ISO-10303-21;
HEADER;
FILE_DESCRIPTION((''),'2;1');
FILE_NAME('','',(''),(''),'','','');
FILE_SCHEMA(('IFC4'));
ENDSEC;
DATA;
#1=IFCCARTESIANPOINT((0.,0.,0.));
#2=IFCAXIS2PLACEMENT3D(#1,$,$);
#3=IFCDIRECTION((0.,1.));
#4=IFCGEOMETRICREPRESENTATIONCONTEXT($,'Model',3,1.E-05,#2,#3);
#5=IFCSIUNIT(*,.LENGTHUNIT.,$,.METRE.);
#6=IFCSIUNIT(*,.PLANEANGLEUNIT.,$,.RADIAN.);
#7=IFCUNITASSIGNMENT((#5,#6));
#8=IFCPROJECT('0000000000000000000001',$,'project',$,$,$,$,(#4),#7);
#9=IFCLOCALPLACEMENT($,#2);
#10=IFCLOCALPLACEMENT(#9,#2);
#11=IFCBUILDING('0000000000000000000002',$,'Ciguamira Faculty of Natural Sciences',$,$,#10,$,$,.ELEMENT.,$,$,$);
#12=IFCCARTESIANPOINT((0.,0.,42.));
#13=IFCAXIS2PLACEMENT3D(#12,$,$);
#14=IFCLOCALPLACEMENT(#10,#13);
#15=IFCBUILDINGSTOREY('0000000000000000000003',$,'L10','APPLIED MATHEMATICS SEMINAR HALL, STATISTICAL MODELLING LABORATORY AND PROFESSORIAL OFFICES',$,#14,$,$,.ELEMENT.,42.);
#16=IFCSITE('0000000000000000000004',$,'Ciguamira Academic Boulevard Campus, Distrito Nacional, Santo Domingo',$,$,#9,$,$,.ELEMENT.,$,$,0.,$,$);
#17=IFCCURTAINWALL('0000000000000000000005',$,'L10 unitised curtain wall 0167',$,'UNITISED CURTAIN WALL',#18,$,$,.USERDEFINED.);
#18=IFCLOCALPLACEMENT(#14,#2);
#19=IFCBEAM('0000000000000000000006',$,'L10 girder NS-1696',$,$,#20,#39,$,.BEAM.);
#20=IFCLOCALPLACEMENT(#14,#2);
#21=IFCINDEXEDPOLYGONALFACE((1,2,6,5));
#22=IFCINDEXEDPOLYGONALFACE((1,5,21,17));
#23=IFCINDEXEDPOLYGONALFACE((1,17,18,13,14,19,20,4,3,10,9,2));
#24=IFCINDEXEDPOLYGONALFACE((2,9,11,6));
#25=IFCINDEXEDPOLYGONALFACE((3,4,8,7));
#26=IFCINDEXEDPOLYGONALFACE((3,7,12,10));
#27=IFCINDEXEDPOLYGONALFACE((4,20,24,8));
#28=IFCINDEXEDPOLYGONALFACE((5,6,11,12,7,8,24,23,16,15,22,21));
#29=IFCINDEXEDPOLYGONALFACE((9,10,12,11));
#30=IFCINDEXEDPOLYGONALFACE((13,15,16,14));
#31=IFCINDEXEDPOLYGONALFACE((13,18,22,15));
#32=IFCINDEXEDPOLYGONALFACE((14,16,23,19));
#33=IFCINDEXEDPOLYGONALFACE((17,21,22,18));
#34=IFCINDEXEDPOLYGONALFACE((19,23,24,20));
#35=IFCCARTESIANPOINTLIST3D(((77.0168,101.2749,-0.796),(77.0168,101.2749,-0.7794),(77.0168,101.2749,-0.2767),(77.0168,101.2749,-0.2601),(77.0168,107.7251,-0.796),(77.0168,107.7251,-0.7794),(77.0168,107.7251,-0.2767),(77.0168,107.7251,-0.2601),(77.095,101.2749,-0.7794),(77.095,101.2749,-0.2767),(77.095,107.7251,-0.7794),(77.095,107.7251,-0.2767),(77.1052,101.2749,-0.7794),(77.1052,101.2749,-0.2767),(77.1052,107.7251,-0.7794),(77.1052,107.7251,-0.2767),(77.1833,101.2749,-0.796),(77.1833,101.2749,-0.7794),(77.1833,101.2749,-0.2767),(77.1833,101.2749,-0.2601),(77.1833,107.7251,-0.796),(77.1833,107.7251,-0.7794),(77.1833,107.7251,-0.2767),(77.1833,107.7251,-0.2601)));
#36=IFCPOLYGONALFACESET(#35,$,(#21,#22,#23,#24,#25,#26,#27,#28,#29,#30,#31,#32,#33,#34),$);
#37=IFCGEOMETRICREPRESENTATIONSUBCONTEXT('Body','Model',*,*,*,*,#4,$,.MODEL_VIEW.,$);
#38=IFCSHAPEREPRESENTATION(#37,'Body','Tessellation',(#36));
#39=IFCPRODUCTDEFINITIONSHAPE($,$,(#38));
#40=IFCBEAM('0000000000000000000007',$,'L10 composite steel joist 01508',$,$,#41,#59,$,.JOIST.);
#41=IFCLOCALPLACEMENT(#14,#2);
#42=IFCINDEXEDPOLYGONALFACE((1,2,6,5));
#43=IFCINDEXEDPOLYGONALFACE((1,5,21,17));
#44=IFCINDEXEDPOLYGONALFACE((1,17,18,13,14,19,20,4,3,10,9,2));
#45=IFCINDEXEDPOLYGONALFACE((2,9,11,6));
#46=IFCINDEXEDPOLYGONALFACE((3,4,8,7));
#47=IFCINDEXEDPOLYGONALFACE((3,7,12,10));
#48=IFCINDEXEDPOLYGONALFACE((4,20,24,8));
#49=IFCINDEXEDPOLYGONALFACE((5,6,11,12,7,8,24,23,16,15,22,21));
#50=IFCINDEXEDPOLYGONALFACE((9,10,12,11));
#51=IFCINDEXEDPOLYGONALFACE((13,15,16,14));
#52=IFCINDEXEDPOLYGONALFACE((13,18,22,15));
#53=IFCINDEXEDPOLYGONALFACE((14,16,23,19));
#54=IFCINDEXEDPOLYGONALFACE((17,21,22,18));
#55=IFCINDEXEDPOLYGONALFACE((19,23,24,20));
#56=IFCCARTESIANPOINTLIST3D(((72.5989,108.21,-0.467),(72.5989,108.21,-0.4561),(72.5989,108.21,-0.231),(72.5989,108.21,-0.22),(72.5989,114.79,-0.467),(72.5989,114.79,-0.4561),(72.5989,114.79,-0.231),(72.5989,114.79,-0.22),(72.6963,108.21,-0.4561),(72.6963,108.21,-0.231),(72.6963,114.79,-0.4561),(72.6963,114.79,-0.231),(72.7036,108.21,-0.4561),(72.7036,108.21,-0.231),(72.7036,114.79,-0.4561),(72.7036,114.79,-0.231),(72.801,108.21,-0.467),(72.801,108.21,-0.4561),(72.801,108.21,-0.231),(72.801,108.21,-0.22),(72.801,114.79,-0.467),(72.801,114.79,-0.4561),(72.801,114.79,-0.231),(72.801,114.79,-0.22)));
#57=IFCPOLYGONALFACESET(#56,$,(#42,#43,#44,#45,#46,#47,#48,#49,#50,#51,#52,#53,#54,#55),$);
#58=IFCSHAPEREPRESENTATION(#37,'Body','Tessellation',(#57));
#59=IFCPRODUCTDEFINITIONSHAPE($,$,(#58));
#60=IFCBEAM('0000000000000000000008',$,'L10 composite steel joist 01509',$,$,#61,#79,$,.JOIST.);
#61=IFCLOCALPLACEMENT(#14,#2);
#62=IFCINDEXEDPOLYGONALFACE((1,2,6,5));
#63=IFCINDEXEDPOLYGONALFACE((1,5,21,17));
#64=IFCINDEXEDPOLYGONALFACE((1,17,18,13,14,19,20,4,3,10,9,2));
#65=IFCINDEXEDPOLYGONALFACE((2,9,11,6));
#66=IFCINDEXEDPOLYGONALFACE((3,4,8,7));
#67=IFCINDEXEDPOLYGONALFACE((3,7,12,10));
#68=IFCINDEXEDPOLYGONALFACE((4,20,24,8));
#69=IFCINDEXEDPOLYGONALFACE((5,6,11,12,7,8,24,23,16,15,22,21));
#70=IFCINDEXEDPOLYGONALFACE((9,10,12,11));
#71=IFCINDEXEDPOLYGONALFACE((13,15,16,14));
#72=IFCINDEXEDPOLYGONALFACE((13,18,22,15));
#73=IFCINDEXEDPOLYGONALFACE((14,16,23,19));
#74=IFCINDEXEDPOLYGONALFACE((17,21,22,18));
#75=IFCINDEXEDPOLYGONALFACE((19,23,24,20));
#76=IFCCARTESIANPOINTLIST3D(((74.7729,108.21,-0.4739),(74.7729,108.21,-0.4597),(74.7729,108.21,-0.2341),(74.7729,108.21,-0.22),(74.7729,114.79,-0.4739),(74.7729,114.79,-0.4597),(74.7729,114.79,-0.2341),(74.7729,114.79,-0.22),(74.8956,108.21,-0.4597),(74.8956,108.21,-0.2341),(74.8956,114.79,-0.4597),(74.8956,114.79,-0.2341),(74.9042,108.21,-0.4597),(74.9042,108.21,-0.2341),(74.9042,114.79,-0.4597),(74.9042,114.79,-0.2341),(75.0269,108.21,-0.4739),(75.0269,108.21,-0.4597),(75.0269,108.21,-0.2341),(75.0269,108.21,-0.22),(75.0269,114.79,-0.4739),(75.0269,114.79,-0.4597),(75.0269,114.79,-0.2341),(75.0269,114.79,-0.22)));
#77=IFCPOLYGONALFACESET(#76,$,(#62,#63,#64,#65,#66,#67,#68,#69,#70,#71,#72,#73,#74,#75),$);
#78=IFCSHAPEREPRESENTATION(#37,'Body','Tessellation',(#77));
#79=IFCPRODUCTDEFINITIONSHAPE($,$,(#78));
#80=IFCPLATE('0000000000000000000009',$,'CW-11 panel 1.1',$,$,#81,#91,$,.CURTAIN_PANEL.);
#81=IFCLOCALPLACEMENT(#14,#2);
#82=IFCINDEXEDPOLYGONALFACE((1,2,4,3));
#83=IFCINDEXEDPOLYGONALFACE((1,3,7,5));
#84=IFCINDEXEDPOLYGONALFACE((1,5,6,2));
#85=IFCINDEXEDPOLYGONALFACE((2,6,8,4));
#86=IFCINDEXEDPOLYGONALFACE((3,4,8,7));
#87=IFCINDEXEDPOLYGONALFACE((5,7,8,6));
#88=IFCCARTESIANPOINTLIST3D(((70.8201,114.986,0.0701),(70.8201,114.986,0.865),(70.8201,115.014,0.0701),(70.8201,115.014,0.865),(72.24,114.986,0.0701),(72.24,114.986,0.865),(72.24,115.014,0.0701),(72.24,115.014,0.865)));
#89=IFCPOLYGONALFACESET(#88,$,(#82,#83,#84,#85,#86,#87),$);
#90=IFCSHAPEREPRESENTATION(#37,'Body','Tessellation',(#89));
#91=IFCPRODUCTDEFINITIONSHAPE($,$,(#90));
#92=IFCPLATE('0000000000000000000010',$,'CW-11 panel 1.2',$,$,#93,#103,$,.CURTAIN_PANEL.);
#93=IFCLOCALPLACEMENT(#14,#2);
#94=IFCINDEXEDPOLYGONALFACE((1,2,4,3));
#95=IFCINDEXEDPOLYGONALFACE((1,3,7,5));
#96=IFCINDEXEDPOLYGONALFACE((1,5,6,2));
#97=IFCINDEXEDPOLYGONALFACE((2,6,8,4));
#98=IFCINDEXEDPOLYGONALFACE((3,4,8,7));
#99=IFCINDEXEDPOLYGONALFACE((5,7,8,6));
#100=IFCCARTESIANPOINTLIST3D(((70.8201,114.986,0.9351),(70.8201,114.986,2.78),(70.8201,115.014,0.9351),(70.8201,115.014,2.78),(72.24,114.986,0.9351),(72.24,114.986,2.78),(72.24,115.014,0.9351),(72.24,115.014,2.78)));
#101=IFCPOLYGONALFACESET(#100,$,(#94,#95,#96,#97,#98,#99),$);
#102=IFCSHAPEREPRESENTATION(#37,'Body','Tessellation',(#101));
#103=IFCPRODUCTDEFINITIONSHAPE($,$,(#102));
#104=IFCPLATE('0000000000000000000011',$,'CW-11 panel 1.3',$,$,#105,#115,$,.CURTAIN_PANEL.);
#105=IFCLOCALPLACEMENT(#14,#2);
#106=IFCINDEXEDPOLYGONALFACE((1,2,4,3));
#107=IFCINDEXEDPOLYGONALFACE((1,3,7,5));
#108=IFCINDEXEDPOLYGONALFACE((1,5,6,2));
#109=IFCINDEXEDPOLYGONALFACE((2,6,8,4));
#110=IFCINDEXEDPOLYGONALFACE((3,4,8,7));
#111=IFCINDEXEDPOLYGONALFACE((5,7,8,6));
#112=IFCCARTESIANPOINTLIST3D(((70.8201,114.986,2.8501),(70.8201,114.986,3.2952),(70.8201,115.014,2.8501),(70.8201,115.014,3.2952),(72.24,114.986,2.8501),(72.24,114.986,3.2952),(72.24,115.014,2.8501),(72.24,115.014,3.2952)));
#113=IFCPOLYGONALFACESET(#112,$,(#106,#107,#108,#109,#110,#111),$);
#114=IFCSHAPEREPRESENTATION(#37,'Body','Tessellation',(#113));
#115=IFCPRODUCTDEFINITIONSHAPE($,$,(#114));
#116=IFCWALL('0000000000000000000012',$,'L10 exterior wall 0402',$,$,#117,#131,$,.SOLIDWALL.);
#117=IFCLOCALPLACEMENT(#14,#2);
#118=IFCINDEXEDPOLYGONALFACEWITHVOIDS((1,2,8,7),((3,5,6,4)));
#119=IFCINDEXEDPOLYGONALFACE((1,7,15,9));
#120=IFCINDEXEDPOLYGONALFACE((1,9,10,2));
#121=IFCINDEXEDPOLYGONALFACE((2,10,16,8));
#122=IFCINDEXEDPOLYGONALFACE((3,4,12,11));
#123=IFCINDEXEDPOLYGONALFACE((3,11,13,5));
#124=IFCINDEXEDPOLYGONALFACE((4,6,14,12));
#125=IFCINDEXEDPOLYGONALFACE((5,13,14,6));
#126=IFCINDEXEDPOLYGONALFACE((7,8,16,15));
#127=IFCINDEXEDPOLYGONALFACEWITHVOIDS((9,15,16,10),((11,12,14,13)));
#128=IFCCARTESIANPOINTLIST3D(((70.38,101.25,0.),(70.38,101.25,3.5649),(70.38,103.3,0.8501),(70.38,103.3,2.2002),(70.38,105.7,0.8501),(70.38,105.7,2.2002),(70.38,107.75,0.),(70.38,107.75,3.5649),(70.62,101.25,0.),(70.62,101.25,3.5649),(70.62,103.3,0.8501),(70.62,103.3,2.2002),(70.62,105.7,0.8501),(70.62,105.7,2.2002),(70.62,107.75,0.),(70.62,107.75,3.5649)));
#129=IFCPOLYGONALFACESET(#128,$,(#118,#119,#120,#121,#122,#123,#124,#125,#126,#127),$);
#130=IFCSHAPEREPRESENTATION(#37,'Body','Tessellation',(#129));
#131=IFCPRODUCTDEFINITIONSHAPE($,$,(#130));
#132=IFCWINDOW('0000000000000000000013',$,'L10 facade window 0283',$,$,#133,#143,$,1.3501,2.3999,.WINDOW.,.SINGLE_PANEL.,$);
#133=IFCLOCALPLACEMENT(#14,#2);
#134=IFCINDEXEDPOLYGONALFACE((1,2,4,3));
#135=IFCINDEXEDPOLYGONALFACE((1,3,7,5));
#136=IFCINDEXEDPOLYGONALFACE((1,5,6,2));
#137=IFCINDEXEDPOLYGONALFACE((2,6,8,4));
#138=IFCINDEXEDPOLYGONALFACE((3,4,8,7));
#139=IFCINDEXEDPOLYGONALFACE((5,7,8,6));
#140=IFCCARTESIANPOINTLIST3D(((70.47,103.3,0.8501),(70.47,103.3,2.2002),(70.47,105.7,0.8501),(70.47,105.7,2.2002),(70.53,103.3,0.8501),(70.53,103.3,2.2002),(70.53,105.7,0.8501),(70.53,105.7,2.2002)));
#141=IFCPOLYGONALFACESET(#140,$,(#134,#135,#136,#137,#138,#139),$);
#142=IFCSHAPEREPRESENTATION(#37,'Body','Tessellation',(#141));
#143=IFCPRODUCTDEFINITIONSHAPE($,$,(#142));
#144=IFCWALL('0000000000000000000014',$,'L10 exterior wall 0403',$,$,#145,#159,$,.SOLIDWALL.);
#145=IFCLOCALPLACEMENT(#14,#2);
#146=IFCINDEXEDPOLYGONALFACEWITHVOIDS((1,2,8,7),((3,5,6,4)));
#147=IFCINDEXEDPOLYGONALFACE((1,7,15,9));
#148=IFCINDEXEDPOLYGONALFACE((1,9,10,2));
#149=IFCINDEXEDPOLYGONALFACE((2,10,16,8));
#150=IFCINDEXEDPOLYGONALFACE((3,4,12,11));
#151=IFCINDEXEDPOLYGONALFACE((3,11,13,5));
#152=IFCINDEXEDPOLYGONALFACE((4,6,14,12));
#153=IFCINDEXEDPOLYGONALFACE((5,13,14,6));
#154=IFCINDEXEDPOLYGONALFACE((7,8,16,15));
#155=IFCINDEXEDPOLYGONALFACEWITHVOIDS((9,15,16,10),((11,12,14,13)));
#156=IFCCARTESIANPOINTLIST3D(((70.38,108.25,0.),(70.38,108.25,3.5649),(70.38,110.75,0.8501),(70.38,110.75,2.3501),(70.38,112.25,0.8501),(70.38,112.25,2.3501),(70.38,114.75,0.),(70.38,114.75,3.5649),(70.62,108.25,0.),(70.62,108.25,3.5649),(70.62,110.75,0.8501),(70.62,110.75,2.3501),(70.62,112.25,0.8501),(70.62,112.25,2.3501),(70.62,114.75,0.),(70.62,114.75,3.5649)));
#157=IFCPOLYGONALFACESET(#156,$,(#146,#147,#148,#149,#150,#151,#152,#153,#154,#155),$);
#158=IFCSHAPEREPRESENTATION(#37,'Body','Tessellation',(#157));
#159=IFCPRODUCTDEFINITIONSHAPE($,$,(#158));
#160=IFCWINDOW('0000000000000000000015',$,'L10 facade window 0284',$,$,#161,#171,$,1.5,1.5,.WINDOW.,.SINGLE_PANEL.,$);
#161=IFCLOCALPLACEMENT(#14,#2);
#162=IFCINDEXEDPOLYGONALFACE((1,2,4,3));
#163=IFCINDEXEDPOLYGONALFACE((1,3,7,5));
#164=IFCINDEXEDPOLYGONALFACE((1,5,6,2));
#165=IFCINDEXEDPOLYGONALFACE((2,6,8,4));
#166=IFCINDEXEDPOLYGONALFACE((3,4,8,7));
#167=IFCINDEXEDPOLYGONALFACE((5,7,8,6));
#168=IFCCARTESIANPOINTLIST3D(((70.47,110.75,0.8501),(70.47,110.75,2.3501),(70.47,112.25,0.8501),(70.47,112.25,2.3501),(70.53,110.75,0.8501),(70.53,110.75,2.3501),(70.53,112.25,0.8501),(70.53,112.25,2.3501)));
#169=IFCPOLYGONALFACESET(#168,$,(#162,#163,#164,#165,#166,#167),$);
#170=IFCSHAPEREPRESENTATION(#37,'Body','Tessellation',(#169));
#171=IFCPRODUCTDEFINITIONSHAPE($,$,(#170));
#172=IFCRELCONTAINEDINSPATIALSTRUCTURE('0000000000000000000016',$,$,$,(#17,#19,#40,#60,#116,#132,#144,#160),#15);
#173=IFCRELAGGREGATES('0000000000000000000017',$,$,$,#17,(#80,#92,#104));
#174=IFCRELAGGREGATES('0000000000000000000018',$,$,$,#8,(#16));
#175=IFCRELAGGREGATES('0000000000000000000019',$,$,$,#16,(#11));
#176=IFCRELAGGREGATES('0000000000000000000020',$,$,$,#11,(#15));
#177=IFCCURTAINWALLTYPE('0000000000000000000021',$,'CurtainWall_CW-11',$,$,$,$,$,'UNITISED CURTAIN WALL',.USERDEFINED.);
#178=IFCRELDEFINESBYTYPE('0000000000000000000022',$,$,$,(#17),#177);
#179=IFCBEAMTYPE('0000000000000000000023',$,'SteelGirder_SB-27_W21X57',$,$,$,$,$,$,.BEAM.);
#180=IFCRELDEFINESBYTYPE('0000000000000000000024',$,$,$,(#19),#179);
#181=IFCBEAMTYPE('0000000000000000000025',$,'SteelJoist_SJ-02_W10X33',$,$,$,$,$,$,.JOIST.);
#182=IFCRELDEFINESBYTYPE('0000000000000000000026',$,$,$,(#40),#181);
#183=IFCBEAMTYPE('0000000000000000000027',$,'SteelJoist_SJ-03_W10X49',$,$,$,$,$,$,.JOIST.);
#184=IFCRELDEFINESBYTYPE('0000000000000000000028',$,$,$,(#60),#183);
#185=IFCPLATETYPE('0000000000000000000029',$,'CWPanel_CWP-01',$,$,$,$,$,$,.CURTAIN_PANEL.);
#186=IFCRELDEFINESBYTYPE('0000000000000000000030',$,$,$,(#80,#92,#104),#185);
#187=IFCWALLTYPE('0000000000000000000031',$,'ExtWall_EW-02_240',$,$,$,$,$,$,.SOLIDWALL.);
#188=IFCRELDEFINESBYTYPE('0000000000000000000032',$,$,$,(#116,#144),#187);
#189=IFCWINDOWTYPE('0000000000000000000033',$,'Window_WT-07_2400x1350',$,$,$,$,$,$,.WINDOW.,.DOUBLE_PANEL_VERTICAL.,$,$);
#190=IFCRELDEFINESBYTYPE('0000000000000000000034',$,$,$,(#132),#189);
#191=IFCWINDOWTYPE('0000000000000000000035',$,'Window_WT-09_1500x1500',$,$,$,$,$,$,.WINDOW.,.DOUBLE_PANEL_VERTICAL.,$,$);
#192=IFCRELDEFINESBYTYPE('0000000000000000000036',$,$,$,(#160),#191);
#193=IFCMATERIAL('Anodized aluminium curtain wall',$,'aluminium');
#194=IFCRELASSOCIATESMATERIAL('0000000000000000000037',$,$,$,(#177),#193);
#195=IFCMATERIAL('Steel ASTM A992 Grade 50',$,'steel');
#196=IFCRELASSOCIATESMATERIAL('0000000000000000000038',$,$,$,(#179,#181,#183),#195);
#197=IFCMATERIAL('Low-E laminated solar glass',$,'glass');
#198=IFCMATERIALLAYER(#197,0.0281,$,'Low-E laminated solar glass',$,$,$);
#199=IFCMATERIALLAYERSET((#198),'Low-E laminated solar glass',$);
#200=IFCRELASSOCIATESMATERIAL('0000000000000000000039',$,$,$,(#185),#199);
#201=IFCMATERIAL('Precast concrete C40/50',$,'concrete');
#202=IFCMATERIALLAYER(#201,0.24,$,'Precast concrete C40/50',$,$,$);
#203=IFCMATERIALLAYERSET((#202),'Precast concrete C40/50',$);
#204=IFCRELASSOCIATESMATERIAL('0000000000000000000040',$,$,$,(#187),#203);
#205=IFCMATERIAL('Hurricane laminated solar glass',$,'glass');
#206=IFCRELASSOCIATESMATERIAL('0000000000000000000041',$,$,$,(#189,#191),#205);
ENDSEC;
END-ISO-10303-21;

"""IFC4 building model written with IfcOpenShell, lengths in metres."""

from ifc_helpers import new_model, si_unit, direction, frame, frame_2d, origin, origin_2d, place, context, subcontext, project, spatial, rectangle, i_section, extrude, material, layer, layer_set, material_profile, profile_set, type_object, element, fill, aggregate, save


model = new_model("IFC4")

# Units and contexts
model_context = context("Model", 3, precision=1e-05, world=origin(), true_north=direction((0.0, 1.0)))
body_context = subcontext(model_context, "Body", "Model", "MODEL_VIEW")
ifc_project = project(units=[si_unit("LENGTHUNIT", "METRE"), si_unit("PLANEANGLEUNIT", "RADIAN")], contexts=[model_context])

# Site, building, storey
site_placement = place(None, origin())
site = spatial("IfcSite", under=ifc_project, at=site_placement, Name="Ciguamira Academic Boulevard Campus, Distrito Nacional, Santo Domingo", CompositionType="ELEMENT", RefElevation=0.0)
building_placement = place(site_placement, origin())
building = spatial("IfcBuilding", under=site, at=building_placement, Name="Ciguamira Faculty of Natural Sciences", CompositionType="ELEMENT")
storey_placement = place(building_placement, frame((0.0, 0.0, 42.0)))
storey = spatial("IfcBuildingStorey", under=building, at=storey_placement, Name="L10", Description="APPLIED MATHEMATICS SEMINAR HALL, STATISTICAL MODELLING LABORATORY AND PROFESSORIAL OFFICES", CompositionType="ELEMENT", Elevation=42.0)

# Curtain wall
ifc_material_1 = material(Name="Anodized aluminium curtain wall", Category="aluminium")
curtain_wall_type = type_object("IfcCurtainWallType", Name="CurtainWall_CW-11", ElementType="UNITISED CURTAIN WALL", PredefinedType="USERDEFINED", material=ifc_material_1)
curtain_wall_placement = place(storey_placement, origin())
curtain_wall = element("IfcCurtainWall", 1, at=curtain_wall_placement, inside=storey, type_object=curtain_wall_type, Name="L10 unitised curtain wall 0167", ObjectType="UNITISED CURTAIN WALL", PredefinedType="USERDEFINED")

# Beams
ifc_material_2 = material(Name="Precast concrete C40/50", Category="concrete")
ifc_material_3 = material(Name="Steel ASTM A992 Grade 50", Category="steel")
ifc_material_profile_1 = material_profile(ifc_material_3, i_section(OverallWidth=0.1665, OverallDepth=0.5359, WebThickness=0.0103, FlangeThickness=0.0166, at=origin_2d()), Name="W21X57")
ifc_profile_set_1 = profile_set([ifc_material_profile_1], Name="Steel ASTM A992 Grade 50")
beam_type_1 = type_object("IfcBeamType", Name="SteelGirder_SB-27_W21X57", PredefinedType="BEAM", material=ifc_profile_set_1)
beam_1_placement = place(storey_placement, frame((77.1001, 101.2749, -0.5281), z_axis=(0.0, 1.0, 0.0), x_axis=(-1.0, 0.0, 0.0)))
element("IfcBeam", 2, at=beam_1_placement, inside=storey, type_object=beam_type_1, Name="L10 girder NS-1696", PredefinedType="BEAM", context=body_context, shape_type="SweptSolid", body=[
    extrude(i_section(OverallWidth=0.1665, OverallDepth=0.5359, WebThickness=0.0103, FlangeThickness=0.0166, at=origin_2d()), origin(), (0.0, 0.0, 1.0), 6.4502),
])
ifc_material_profile_2 = material_profile(ifc_material_3, i_section(OverallWidth=0.2021, OverallDepth=0.2471, WebThickness=0.0073, FlangeThickness=0.011, at=origin_2d()), Name="W10X33")
ifc_profile_set_2 = profile_set([ifc_material_profile_2], Name="Steel ASTM A992 Grade 50")
beam_type_2 = type_object("IfcBeamType", Name="SteelJoist_SJ-02_W10X33", PredefinedType="JOIST", material=ifc_profile_set_2)
beam_2_placement = place(storey_placement, frame((72.7, 108.21, -0.3435), z_axis=(0.0, 1.0, 0.0), x_axis=(-1.0, 0.0, 0.0)))
element("IfcBeam", 3, at=beam_2_placement, inside=storey, type_object=beam_type_2, Name="L10 composite steel joist 01508", PredefinedType="JOIST", context=body_context, shape_type="SweptSolid", body=[
    extrude(i_section(OverallWidth=0.2021, OverallDepth=0.2471, WebThickness=0.0073, FlangeThickness=0.011, at=origin_2d()), origin(), (0.0, 0.0, 1.0), 6.5801),
])
ifc_material_profile_3 = material_profile(ifc_material_3, i_section(OverallWidth=0.2539, OverallDepth=0.2539, WebThickness=0.0085, FlangeThickness=0.0142, at=origin_2d()), Name="W10X49")
ifc_profile_set_3 = profile_set([ifc_material_profile_3], Name="Steel ASTM A992 Grade 50")
beam_type_3 = type_object("IfcBeamType", Name="SteelJoist_SJ-03_W10X49", PredefinedType="JOIST", material=ifc_profile_set_3)
beam_3_placement = place(storey_placement, frame((74.8999, 108.21, -0.3469), z_axis=(0.0, 1.0, 0.0), x_axis=(-1.0, 0.0, 0.0)))
element("IfcBeam", 4, at=beam_3_placement, inside=storey, type_object=beam_type_3, Name="L10 composite steel joist 01509", PredefinedType="JOIST", context=body_context, shape_type="SweptSolid", body=[
    extrude(i_section(OverallWidth=0.2539, OverallDepth=0.2539, WebThickness=0.0085, FlangeThickness=0.0142, at=origin_2d()), origin(), (0.0, 0.0, 1.0), 6.5801),
])

# Plates
ifc_material_4 = material(Name="Low-E laminated solar glass", Category="glass")
ifc_layer_1 = layer(ifc_material_4, 0.0281, Name="Low-E laminated solar glass")
ifc_layer_set_1 = layer_set([ifc_layer_1], Name="Low-E laminated solar glass")
plate_type = type_object("IfcPlateType", Name="CWPanel_CWP-01", PredefinedType="CURTAIN_PANEL", material=ifc_layer_set_1)
plate_1_placement = place(storey_placement, frame((71.53, 115.0, 0.0701), z_axis=(0.0, 0.0, 1.0), x_axis=(1.0, 0.0, 0.0)))
plate_1 = element("IfcPlate", 5, at=plate_1_placement, type_object=plate_type, Name="CW-11 panel 1.1", PredefinedType="CURTAIN_PANEL", context=body_context, shape_type="SweptSolid", body=[
    extrude(rectangle(XDim=1.4199, YDim=0.0281, at=origin_2d()), origin(), (0.0, 0.0, 1.0), 0.7949),
])
plate_2_placement = place(storey_placement, frame((71.53, 115.0, 0.9351), z_axis=(0.0, 0.0, 1.0), x_axis=(1.0, 0.0, 0.0)))
plate_2 = element("IfcPlate", 6, at=plate_2_placement, type_object=plate_type, Name="CW-11 panel 1.2", PredefinedType="CURTAIN_PANEL", context=body_context, shape_type="SweptSolid", body=[
    extrude(rectangle(XDim=1.4199, YDim=0.0281, at=origin_2d()), origin(), (0.0, 0.0, 1.0), 1.845),
])
plate_3_placement = place(storey_placement, frame((71.53, 115.0, 2.8501), z_axis=(0.0, 0.0, 1.0), x_axis=(1.0, 0.0, 0.0)))
plate_3 = element("IfcPlate", 7, at=plate_3_placement, type_object=plate_type, Name="CW-11 panel 1.3", PredefinedType="CURTAIN_PANEL", context=body_context, shape_type="SweptSolid", body=[
    extrude(rectangle(XDim=1.4199, YDim=0.0281, at=origin_2d()), origin(), (0.0, 0.0, 1.0), 0.4451),
])
aggregate(curtain_wall, [plate_1, plate_2, plate_3])

# Walls, openings, windows
ifc_layer_2 = layer(ifc_material_2, 0.24, Name="Precast concrete C40/50")
ifc_layer_set_2 = layer_set([ifc_layer_2], Name="Precast concrete C40/50")
wall_type_1 = type_object("IfcWallType", Name="ExtWall_EW-02_240", PredefinedType="SOLIDWALL", material=ifc_layer_set_2)
wall_1_placement = place(storey_placement, frame((70.5, 101.25, 0.0), z_axis=(0.0, 0.0, 1.0), x_axis=(0.0, 1.0, 0.0)))
wall_1 = element("IfcWall", 8, at=wall_1_placement, inside=storey, type_object=wall_type_1, Name="L10 exterior wall 0402", PredefinedType="SOLIDWALL", context=body_context, shape_type="SweptSolid", body=[
    extrude(rectangle(XDim=6.5, YDim=0.24, at=frame_2d((3.25, 0.0))), origin(), (0.0, 0.0, 1.0), 3.5649),
])
opening_1_placement = place(wall_1_placement, frame((2.05, 0.0, 0.8501)))
opening_1 = element("IfcOpeningElement", 9, at=opening_1_placement, cuts=wall_1, PredefinedType="OPENING", context=body_context, shape_type="SweptSolid", body=[
    extrude(rectangle(XDim=2.3999, YDim=1.3501, at=frame_2d((1.2, 0.675))), frame((0.0, 0.1299, 0.0), z_axis=(0.0, -1.0, 0.0), x_axis=(1.0, 0.0, 0.0)), (0.0, 0.0, 1.0), 0.26),
])
ifc_material_5 = material(Name="Hurricane laminated solar glass", Category="glass")
window_type_1 = type_object("IfcWindowType", Name="Window_WT-07_2400x1350", PartitioningType="DOUBLE_PANEL_VERTICAL", PredefinedType="WINDOW", material=ifc_material_5)
window_1_placement = place(opening_1_placement, origin())
window_1 = element("IfcWindow", 10, at=window_1_placement, inside=storey, type_object=window_type_1, Name="L10 facade window 0283", OverallHeight=1.3501, OverallWidth=2.3999, PartitioningType="SINGLE_PANEL", PredefinedType="WINDOW", context=body_context, shape_type="SweptSolid", body=[
    extrude(rectangle(XDim=2.3999, YDim=1.3501, at=frame_2d((1.2, 0.675))), frame((0.0, 0.03, 0.0), z_axis=(0.0, -1.0, 0.0), x_axis=(1.0, 0.0, 0.0)), (0.0, 0.0, 1.0), 0.0601),
])
fill(opening_1, window_1)
wall_2_placement = place(storey_placement, frame((70.5, 108.25, 0.0), z_axis=(0.0, 0.0, 1.0), x_axis=(0.0, 1.0, 0.0)))
wall_2 = element("IfcWall", 11, at=wall_2_placement, inside=storey, type_object=wall_type_1, Name="L10 exterior wall 0403", PredefinedType="SOLIDWALL", context=body_context, shape_type="SweptSolid", body=[
    extrude(rectangle(XDim=6.5, YDim=0.24, at=frame_2d((3.25, 0.0))), origin(), (0.0, 0.0, 1.0), 3.5649),
])
opening_2_placement = place(wall_2_placement, frame((2.5, 0.0, 0.8501)))
opening_2 = element("IfcOpeningElement", 12, at=opening_2_placement, cuts=wall_2, PredefinedType="OPENING", context=body_context, shape_type="SweptSolid", body=[
    extrude(rectangle(XDim=1.5, YDim=1.5, at=frame_2d((0.75, 0.75))), frame((0.0, 0.1299, 0.0), z_axis=(0.0, -1.0, 0.0), x_axis=(1.0, 0.0, 0.0)), (0.0, 0.0, 1.0), 0.26),
])
window_type_2 = type_object("IfcWindowType", Name="Window_WT-09_1500x1500", PartitioningType="DOUBLE_PANEL_VERTICAL", PredefinedType="WINDOW", material=ifc_material_5)
window_2_placement = place(opening_2_placement, origin())
window_2 = element("IfcWindow", 13, at=window_2_placement, inside=storey, type_object=window_type_2, Name="L10 facade window 0284", OverallHeight=1.5, OverallWidth=1.5, PartitioningType="SINGLE_PANEL", PredefinedType="WINDOW", context=body_context, shape_type="SweptSolid", body=[
    extrude(rectangle(XDim=1.5, YDim=1.5, at=frame_2d((0.75, 0.75))), frame((0.0, 0.03, 0.0), z_axis=(0.0, -1.0, 0.0), x_axis=(1.0, 0.0, 0.0)), (0.0, 0.0, 1.0), 0.0601),
])
fill(opening_2, window_2)

save(model, "model.ifc")
